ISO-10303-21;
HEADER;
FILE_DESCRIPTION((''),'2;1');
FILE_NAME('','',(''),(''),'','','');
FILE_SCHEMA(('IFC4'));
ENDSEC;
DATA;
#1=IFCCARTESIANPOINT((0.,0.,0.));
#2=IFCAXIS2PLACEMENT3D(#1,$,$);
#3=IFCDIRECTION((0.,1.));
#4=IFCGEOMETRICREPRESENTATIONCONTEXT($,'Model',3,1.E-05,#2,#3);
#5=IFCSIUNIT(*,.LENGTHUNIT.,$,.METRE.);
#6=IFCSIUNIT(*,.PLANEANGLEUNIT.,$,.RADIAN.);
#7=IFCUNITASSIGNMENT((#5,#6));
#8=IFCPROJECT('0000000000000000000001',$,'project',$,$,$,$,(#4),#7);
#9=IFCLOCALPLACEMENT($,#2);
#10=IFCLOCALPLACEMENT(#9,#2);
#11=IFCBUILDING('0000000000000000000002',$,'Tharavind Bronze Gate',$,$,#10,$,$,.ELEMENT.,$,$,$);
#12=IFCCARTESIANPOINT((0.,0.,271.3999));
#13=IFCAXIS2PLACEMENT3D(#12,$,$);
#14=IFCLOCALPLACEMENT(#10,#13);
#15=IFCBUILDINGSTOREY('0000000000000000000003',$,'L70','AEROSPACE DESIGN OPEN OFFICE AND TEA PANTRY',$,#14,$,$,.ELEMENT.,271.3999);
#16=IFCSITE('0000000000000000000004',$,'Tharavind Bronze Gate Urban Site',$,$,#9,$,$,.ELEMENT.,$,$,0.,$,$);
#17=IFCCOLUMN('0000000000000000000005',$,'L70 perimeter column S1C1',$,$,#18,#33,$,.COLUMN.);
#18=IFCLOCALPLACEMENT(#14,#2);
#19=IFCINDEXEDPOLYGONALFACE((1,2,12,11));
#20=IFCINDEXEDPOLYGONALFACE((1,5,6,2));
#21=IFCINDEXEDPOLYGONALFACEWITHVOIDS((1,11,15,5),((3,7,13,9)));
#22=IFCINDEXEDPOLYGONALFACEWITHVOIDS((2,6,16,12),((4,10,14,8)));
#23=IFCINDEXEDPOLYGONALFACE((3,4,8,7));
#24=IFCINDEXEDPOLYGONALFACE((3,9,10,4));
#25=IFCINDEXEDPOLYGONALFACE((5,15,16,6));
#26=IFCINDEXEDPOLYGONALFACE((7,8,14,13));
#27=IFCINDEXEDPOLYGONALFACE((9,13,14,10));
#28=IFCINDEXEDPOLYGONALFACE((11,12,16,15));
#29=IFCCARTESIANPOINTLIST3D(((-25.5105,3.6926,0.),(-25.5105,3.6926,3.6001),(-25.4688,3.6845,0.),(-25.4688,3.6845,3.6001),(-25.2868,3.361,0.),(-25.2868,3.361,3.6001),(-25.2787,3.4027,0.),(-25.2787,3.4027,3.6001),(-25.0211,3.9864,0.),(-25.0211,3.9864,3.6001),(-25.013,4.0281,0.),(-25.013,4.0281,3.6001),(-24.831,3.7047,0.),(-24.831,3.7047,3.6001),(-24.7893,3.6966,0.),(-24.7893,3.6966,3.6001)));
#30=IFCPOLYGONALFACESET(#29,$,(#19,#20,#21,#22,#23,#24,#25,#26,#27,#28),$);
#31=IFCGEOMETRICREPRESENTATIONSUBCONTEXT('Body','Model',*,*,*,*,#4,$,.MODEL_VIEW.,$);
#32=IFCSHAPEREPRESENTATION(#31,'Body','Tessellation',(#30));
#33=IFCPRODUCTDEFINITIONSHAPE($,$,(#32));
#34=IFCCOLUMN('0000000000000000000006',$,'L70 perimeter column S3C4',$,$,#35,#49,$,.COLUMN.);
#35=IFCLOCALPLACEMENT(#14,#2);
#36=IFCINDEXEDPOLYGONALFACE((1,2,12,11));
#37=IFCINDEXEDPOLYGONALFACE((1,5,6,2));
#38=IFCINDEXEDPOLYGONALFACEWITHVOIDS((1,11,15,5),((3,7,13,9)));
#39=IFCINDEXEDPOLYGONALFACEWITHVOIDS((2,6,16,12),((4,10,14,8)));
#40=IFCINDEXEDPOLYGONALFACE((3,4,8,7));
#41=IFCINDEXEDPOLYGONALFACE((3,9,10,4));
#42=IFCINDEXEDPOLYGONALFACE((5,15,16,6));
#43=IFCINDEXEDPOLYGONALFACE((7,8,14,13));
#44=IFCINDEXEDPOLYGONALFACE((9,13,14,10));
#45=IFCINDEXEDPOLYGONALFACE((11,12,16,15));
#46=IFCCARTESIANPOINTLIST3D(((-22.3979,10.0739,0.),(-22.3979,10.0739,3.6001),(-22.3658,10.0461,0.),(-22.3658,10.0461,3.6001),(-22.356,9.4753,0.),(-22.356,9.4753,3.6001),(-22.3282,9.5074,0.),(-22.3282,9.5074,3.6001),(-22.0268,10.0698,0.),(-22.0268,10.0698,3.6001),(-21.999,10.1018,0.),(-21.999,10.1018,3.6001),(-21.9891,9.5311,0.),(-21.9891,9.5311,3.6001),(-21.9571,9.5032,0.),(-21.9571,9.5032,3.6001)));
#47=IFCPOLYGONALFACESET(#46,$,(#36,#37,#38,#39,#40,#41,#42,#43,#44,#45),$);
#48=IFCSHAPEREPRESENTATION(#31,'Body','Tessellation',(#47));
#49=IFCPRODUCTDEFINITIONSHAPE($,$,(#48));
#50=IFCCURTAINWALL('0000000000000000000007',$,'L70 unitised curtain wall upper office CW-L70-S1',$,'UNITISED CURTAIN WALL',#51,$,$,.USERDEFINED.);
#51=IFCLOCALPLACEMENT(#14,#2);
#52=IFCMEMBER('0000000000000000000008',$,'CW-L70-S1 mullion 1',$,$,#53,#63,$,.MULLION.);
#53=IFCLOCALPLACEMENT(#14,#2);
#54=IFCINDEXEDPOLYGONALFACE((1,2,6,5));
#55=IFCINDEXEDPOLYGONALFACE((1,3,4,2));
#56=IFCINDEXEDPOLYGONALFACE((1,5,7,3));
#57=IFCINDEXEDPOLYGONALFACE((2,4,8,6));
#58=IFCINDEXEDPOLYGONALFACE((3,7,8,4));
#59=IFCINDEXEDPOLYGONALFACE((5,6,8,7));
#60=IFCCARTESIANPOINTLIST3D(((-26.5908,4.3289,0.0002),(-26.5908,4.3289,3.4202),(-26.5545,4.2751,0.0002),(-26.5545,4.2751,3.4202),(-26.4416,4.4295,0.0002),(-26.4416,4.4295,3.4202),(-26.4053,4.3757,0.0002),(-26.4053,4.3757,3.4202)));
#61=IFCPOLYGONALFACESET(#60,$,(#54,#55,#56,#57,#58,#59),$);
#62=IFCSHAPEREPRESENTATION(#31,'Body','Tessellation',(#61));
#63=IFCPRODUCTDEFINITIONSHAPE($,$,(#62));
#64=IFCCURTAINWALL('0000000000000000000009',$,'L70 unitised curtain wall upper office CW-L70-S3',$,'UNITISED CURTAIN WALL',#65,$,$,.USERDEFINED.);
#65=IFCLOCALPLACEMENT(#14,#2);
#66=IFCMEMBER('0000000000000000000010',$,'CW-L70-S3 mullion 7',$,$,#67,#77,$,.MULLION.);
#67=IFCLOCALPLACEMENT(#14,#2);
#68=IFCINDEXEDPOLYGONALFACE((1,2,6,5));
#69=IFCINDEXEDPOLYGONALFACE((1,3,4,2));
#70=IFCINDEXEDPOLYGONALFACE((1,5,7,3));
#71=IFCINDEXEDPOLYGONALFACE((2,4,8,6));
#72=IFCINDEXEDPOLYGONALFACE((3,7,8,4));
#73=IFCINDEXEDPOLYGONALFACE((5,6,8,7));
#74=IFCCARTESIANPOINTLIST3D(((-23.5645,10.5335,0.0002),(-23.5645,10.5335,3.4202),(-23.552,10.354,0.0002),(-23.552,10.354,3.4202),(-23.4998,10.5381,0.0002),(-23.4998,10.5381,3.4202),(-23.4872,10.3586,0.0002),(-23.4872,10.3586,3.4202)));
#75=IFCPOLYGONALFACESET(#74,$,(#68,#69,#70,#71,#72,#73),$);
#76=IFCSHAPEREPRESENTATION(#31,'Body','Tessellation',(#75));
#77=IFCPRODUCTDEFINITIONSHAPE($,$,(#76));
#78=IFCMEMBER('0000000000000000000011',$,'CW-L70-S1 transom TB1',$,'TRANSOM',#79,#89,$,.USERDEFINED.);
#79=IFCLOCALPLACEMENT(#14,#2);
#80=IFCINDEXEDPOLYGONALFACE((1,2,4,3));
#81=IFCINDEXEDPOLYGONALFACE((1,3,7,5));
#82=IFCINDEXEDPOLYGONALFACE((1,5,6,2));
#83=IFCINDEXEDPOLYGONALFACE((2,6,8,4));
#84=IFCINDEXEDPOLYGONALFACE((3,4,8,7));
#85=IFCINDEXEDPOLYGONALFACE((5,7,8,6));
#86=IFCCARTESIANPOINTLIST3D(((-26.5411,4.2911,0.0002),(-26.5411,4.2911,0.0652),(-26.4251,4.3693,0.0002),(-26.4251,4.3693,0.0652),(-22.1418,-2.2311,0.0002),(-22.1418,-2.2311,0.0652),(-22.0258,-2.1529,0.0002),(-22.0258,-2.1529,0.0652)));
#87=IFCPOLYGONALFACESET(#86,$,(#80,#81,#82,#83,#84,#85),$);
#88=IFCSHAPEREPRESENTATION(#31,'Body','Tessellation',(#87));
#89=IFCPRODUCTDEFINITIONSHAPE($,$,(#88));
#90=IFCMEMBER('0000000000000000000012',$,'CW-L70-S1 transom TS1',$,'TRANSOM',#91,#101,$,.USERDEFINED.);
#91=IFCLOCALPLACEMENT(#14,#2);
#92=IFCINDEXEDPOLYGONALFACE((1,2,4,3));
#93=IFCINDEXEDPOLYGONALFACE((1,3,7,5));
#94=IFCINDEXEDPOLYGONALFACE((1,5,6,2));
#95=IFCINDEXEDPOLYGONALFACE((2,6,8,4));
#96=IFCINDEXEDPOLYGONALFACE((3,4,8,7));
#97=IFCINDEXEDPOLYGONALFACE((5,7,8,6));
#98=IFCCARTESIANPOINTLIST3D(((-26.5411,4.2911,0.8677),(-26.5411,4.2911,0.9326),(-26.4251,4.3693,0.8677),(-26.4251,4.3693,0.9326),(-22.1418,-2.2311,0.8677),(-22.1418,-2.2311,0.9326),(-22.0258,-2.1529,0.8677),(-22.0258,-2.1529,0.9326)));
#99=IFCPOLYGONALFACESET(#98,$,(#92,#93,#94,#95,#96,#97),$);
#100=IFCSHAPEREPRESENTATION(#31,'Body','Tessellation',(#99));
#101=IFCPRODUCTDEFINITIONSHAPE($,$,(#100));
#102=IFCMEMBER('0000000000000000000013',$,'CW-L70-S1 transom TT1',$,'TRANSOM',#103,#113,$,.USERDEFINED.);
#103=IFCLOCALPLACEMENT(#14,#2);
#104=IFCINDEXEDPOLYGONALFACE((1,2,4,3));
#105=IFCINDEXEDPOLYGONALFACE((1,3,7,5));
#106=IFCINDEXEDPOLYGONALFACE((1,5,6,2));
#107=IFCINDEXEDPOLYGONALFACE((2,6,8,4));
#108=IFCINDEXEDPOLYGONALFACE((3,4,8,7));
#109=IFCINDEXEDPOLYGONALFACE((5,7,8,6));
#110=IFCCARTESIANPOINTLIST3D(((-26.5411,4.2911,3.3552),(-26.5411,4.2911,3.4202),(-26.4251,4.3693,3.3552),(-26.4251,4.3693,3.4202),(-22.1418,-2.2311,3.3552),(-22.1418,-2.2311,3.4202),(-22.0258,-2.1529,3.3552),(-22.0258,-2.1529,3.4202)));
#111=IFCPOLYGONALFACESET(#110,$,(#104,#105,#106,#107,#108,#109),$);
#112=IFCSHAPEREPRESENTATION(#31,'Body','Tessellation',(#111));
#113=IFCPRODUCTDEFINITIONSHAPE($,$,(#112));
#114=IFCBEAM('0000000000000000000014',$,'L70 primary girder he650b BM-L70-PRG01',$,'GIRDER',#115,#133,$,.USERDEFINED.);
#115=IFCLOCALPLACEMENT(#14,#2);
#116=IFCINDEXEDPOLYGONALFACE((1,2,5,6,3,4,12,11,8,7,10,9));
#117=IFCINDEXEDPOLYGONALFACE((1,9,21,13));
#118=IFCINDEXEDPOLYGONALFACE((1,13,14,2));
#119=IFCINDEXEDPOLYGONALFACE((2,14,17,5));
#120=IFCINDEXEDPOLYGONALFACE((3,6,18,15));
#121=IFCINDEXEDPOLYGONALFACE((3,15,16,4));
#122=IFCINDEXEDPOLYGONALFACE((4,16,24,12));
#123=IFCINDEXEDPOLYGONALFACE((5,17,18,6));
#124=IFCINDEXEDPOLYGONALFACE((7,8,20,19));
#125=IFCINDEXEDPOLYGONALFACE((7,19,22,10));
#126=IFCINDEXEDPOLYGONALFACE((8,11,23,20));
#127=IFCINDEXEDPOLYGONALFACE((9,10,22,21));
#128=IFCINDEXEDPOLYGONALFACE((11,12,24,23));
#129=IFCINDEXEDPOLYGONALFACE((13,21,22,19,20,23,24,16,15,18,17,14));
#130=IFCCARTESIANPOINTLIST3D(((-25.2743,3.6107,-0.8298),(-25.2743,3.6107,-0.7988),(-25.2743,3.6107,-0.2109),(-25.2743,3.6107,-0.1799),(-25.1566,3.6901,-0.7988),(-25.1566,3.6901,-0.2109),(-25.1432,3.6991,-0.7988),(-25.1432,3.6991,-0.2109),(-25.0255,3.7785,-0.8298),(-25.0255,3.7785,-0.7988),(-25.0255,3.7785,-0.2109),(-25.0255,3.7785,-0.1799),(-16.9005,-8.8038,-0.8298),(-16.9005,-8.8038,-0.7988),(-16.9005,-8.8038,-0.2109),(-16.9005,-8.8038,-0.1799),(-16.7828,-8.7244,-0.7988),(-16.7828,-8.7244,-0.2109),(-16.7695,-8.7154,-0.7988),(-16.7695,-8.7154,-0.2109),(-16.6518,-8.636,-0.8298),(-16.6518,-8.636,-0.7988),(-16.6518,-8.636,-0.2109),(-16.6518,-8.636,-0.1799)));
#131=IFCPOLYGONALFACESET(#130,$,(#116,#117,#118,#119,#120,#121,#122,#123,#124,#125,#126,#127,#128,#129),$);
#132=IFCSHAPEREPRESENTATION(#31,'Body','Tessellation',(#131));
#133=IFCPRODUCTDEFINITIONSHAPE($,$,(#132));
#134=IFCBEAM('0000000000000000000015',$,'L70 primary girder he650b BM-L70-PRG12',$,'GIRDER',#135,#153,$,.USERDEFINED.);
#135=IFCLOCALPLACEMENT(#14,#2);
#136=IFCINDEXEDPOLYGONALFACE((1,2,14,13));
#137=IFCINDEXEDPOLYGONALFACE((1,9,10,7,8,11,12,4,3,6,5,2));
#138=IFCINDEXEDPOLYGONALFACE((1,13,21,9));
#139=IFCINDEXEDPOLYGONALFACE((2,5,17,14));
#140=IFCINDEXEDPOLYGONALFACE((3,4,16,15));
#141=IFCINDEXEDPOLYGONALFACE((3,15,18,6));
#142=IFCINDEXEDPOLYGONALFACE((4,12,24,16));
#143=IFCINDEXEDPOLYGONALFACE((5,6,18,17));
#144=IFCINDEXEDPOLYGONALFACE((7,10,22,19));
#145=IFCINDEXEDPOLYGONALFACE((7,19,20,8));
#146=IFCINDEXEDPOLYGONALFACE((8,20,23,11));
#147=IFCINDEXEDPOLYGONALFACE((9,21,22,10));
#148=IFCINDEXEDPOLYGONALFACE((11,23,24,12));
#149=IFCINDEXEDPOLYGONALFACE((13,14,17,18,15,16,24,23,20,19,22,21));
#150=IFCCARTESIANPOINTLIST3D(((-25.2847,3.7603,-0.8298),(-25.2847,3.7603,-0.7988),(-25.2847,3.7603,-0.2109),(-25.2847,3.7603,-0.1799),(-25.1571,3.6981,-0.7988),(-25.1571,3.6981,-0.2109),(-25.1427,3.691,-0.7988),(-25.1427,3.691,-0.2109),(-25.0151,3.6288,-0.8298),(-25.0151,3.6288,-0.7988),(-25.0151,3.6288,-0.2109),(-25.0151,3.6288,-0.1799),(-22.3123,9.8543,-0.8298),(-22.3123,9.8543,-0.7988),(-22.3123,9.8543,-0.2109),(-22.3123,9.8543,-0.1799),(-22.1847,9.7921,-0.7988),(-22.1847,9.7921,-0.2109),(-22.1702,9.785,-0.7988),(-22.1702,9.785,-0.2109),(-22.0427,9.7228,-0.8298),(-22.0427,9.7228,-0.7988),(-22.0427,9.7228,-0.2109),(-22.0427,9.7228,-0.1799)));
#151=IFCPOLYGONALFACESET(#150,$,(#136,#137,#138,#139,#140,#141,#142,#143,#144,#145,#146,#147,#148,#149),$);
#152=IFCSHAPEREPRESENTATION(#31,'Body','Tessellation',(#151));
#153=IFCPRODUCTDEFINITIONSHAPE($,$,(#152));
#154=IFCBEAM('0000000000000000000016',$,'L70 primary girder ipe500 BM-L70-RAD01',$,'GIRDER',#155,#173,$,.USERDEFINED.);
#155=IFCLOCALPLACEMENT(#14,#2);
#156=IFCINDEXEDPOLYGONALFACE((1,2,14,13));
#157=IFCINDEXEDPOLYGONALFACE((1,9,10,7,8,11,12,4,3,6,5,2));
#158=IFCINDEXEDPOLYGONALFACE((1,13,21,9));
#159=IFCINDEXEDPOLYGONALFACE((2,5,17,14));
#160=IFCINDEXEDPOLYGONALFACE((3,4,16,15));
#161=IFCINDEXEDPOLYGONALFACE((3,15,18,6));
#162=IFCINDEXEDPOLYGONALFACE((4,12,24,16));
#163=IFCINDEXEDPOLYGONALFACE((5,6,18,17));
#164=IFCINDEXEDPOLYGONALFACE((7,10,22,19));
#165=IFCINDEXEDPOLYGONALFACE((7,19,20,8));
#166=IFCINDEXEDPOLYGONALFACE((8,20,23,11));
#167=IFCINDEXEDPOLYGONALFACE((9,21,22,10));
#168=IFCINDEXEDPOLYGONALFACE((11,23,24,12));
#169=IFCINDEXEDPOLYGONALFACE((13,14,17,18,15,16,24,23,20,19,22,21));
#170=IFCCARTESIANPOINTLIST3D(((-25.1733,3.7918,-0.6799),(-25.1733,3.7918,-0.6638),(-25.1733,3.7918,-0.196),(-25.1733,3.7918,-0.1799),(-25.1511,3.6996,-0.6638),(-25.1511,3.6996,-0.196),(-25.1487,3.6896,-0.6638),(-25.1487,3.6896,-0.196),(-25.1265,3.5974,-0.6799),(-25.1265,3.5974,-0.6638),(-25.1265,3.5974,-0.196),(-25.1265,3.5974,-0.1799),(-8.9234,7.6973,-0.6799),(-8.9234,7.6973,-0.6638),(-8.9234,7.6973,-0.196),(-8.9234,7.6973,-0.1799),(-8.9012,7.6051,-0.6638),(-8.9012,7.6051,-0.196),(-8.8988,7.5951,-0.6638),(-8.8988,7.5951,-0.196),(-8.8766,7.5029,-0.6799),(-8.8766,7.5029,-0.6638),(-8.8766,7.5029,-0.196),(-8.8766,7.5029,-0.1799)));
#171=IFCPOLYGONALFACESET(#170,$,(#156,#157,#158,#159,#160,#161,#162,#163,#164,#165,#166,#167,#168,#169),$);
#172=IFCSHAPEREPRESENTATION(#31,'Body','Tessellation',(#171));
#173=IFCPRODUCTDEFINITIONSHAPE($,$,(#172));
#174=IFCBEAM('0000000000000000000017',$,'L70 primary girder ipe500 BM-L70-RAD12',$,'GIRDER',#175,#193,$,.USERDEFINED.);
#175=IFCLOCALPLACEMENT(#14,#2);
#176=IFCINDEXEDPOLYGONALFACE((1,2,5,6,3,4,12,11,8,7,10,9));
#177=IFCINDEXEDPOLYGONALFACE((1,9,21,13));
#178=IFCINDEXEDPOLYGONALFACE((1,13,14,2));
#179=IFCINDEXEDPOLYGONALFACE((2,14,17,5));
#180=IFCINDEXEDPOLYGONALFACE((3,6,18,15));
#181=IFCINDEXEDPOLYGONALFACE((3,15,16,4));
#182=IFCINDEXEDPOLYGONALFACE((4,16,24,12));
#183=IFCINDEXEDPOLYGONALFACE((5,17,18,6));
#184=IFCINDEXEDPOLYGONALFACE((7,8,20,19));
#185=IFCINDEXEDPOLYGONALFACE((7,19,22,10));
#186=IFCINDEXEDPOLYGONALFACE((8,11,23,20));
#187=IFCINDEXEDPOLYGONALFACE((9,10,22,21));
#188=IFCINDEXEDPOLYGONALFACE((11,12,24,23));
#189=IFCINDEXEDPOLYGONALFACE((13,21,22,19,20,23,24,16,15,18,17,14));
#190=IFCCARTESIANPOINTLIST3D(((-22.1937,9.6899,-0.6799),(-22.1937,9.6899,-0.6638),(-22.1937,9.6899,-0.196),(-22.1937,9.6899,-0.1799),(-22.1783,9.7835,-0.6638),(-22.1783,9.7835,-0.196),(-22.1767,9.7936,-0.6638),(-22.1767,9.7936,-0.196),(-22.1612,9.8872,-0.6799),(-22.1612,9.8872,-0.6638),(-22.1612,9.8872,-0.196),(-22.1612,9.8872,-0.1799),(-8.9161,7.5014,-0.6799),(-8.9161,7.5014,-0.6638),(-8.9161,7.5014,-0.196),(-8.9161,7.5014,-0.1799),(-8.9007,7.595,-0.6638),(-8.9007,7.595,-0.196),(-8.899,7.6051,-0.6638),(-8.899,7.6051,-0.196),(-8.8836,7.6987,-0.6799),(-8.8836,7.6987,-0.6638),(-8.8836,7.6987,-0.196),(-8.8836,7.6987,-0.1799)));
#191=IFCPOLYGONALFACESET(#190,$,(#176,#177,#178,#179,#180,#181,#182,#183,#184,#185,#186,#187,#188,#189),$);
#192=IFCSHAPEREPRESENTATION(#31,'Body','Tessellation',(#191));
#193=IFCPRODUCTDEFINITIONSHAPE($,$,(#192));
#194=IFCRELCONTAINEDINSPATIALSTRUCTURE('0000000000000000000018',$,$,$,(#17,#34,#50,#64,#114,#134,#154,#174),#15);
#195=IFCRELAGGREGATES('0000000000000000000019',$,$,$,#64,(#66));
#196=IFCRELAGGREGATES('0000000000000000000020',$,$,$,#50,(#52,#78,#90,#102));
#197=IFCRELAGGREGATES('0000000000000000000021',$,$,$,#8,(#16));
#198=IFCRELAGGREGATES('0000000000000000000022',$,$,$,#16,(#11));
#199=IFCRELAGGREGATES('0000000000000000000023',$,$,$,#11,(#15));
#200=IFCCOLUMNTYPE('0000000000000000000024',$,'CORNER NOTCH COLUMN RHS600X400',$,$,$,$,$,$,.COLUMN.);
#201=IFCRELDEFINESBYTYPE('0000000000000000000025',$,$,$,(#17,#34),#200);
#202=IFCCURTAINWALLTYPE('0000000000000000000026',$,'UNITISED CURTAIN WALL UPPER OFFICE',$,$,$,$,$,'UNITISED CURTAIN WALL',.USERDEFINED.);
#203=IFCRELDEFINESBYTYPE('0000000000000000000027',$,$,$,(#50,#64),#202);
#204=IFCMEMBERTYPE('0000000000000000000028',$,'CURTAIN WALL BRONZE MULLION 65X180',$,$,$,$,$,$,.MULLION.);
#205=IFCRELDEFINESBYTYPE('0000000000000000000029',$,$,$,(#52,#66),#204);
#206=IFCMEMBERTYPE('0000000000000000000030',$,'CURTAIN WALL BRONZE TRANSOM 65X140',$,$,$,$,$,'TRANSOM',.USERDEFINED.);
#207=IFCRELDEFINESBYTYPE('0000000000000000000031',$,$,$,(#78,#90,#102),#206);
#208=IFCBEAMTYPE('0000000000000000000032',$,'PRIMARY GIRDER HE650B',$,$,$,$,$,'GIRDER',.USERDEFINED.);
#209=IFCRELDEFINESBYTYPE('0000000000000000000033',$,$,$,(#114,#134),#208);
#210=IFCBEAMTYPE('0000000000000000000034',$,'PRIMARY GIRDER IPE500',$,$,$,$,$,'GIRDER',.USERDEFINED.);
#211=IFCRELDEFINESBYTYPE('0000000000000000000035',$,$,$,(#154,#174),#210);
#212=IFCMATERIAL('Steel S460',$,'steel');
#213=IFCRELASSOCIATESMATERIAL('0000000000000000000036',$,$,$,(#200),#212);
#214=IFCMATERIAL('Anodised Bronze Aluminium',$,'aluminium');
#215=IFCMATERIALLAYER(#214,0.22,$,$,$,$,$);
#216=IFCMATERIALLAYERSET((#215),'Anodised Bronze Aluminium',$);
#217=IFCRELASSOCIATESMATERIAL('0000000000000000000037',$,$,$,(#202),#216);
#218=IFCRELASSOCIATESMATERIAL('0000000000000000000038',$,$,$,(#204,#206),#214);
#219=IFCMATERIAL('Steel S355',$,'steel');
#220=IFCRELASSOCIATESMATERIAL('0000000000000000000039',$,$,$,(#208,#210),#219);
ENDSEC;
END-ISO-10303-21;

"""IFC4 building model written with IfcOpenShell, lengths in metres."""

from ifc_helpers import new_model, si_unit, direction, frame, origin, origin_2d, place, context, subcontext, project, spatial, rectangle, hollow_rectangle, i_section, extrude, material, layer, layer_set, material_profile, profile_set, type_object, element, aggregate, save


model = new_model("IFC4")

# Units and contexts
model_context = context("Model", 3, precision=1e-05, world=origin(), true_north=direction((0.0, 1.0)))
body_context = subcontext(model_context, "Body", "Model", "MODEL_VIEW")
ifc_project = project(units=[si_unit("LENGTHUNIT", "METRE"), si_unit("PLANEANGLEUNIT", "RADIAN")], contexts=[model_context])

# Site, building, storey
site_placement = place(None, origin())
site = spatial("IfcSite", under=ifc_project, at=site_placement, Name="Tharavind Bronze Gate Urban Site", CompositionType="ELEMENT", RefElevation=0.0)
building_placement = place(site_placement, origin())
building = spatial("IfcBuilding", under=site, at=building_placement, Name="Tharavind Bronze Gate", CompositionType="ELEMENT")
storey_placement = place(building_placement, frame((0.0, 0.0, 271.3999)))
storey = spatial("IfcBuildingStorey", under=building, at=storey_placement, Name="L70", Description="AEROSPACE DESIGN OPEN OFFICE AND TEA PANTRY", CompositionType="ELEMENT", Elevation=271.3999)

# Columns
ifc_material_1 = material(Name="Steel S460", Category="steel")
ifc_material_profile_1 = material_profile(ifc_material_1, hollow_rectangle(XDim=0.3999, YDim=0.6001, WallThickness=0.03, at=origin_2d()), Name="RHS600X400X30")
ifc_profile_set_1 = profile_set([ifc_material_profile_1], Name="Steel S460")
column_type = type_object("IfcColumnType", Name="CORNER NOTCH COLUMN RHS600X400", PredefinedType="COLUMN", material=ifc_profile_set_1)
for number, where, z_axis, x_axis, name in (
    (1, (-25.1499, 3.6946, 0.0), (0.0, 0.0, 1.0), (-0.559193, 0.829038, 0.0), "L70 perimeter column S1C1"),
    (2, (-22.1775, 9.7886, 0.0), (0.0, 0.0, 1.0), (0.997564, 0.069758, 0.0), "L70 perimeter column S3C4"),
):
    element("IfcColumn", number, at=place(storey_placement, frame(where, z_axis=z_axis, x_axis=x_axis)), inside=storey, type_object=column_type, Name=name, PredefinedType="COLUMN", context=body_context, shape_type="SweptSolid", body=[
        extrude(hollow_rectangle(XDim=0.3999, YDim=0.6001, WallThickness=0.03, at=origin_2d()), origin(), (0.0, 0.0, 1.0), 3.6001),
    ])

# Curtain walls, members
ifc_material_2 = material(Name="Anodised Bronze Aluminium", Category="aluminium")
ifc_layer_1 = layer(ifc_material_2, 0.22)
ifc_layer_set_1 = layer_set([ifc_layer_1], Name="Anodised Bronze Aluminium")
curtain_wall_type = type_object("IfcCurtainWallType", Name="UNITISED CURTAIN WALL UPPER OFFICE", ElementType="UNITISED CURTAIN WALL", PredefinedType="USERDEFINED", material=ifc_layer_set_1)
curtain_wall_1_placement = place(storey_placement, origin())
curtain_wall_1 = element("IfcCurtainWall", 3, at=curtain_wall_1_placement, inside=storey, type_object=curtain_wall_type, Name="L70 unitised curtain wall upper office CW-L70-S1", ObjectType="UNITISED CURTAIN WALL", PredefinedType="USERDEFINED")
member_type_1 = type_object("IfcMemberType", Name="CURTAIN WALL BRONZE MULLION 65X180", PredefinedType="MULLION", material=ifc_material_2)
member_1_placement = place(storey_placement, frame((-26.498, 4.3523, 0.0002), z_axis=(0.0, 0.0, 1.0), x_axis=(0.559191, -0.829039, 0.0)))
member_1 = element("IfcMember", 4, at=member_1_placement, type_object=member_type_1, Name="CW-L70-S1 mullion 1", PredefinedType="MULLION", context=body_context, shape_type="SweptSolid", body=[
    extrude(rectangle(XDim=0.0649, YDim=0.1799, at=origin_2d()), origin(), (0.0, 0.0, 1.0), 3.4199),
])
curtain_wall_2_placement = place(storey_placement, origin())
curtain_wall_2 = element("IfcCurtainWall", 5, at=curtain_wall_2_placement, inside=storey, type_object=curtain_wall_type, Name="L70 unitised curtain wall upper office CW-L70-S3", ObjectType="UNITISED CURTAIN WALL", PredefinedType="USERDEFINED")
member_2_placement = place(storey_placement, frame((-23.5259, 10.446, 0.0002), z_axis=(0.0, 0.0, 1.0), x_axis=(-0.997564, -0.06976, 0.0)))
member_2 = element("IfcMember", 6, at=member_2_placement, type_object=member_type_1, Name="CW-L70-S3 mullion 7", PredefinedType="MULLION", context=body_context, shape_type="SweptSolid", body=[
    extrude(rectangle(XDim=0.0649, YDim=0.1799, at=origin_2d()), origin(), (0.0, 0.0, 1.0), 3.4199),
])
aggregate(curtain_wall_2, [member_2])

# Members
member_type_2 = type_object("IfcMemberType", Name="CURTAIN WALL BRONZE TRANSOM 65X140", ElementType="TRANSOM", PredefinedType="USERDEFINED", material=ifc_material_2)
member_3_placement = place(storey_placement, frame((-24.2834, 1.0691, 0.0002), z_axis=(0.0, 0.0, 1.0), x_axis=(0.559191, -0.829039, 0.0)))
member_3 = element("IfcMember", 7, at=member_3_placement, type_object=member_type_2, Name="CW-L70-S1 transom TB1", ObjectType="TRANSOM", PredefinedType="USERDEFINED", context=body_context, shape_type="SweptSolid", body=[
    extrude(rectangle(XDim=7.8672, YDim=0.1399, at=origin_2d()), origin(), (0.0, 0.0, 1.0), 0.0649),
])
member_4_placement = place(storey_placement, frame((-24.2834, 1.0691, 0.8677), z_axis=(0.0, 0.0, 1.0), x_axis=(0.559191, -0.829039, 0.0)))
member_4 = element("IfcMember", 8, at=member_4_placement, type_object=member_type_2, Name="CW-L70-S1 transom TS1", ObjectType="TRANSOM", PredefinedType="USERDEFINED", context=body_context, shape_type="SweptSolid", body=[
    extrude(rectangle(XDim=7.8672, YDim=0.1399, at=origin_2d()), origin(), (0.0, 0.0, 1.0), 0.0649),
])
member_5_placement = place(storey_placement, frame((-24.2834, 1.0691, 3.3552), z_axis=(0.0, 0.0, 1.0), x_axis=(0.559191, -0.829039, 0.0)))
member_5 = element("IfcMember", 9, at=member_5_placement, type_object=member_type_2, Name="CW-L70-S1 transom TT1", ObjectType="TRANSOM", PredefinedType="USERDEFINED", context=body_context, shape_type="SweptSolid", body=[
    extrude(rectangle(XDim=7.8672, YDim=0.1399, at=origin_2d()), origin(), (0.0, 0.0, 1.0), 0.0649),
])

# Beams
ifc_material_3 = material(Name="Steel S355", Category="steel")
ifc_material_profile_2 = material_profile(ifc_material_3, i_section(OverallWidth=0.3, OverallDepth=0.6499, WebThickness=0.0161, FlangeThickness=0.031, at=origin_2d()), Name="HE650B")
ifc_profile_set_2 = profile_set([ifc_material_profile_2], Name="Steel S355")
beam_type_1 = type_object("IfcBeamType", Name="PRIMARY GIRDER HE650B", ElementType="GIRDER", PredefinedType="USERDEFINED", material=ifc_profile_set_2)
beam_1_placement = place(storey_placement, frame((-25.1499, 3.6946, -0.5049), z_axis=(0.559196, -0.829036, 0.0), x_axis=(0.829036, 0.559196, 0.0)))
element("IfcBeam", 10, at=beam_1_placement, inside=storey, type_object=beam_type_1, Name="L70 primary girder he650b BM-L70-PRG01", ObjectType="GIRDER", PredefinedType="USERDEFINED", context=body_context, shape_type="SweptSolid", body=[
    extrude(i_section(OverallWidth=0.3, OverallDepth=0.6499, WebThickness=0.0161, FlangeThickness=0.031, at=origin_2d()), origin(), (0.0, 0.0, 1.0), 14.9746),
])
beam_2_placement = place(storey_placement, frame((-22.1775, 9.7886, -0.5049), z_axis=(-0.438392, -0.898784, 0.0), x_axis=(0.898784, -0.438392, 0.0)))
element("IfcBeam", 11, at=beam_2_placement, inside=storey, type_object=beam_type_1, Name="L70 primary girder he650b BM-L70-PRG12", ObjectType="GIRDER", PredefinedType="USERDEFINED", context=body_context, shape_type="SweptSolid", body=[
    extrude(i_section(OverallWidth=0.3, OverallDepth=0.6499, WebThickness=0.0161, FlangeThickness=0.031, at=origin_2d()), origin(), (0.0, 0.0, 1.0), 6.7803),
])
ifc_material_profile_3 = material_profile(ifc_material_3, i_section(OverallWidth=0.2, OverallDepth=0.5, WebThickness=0.0103, FlangeThickness=0.0161, at=origin_2d()), Name="IPE500")
ifc_profile_set_3 = profile_set([ifc_material_profile_3], Name="Steel S355")
beam_type_2 = type_object("IfcBeamType", Name="PRIMARY GIRDER IPE500", ElementType="GIRDER", PredefinedType="USERDEFINED", material=ifc_profile_set_3)
beam_3_placement = place(storey_placement, frame((-25.1499, 3.6946, -0.4299), z_axis=(0.972312, 0.233685, 0.0), x_axis=(-0.233685, 0.972312, 0.0)))
element("IfcBeam", 12, at=beam_3_placement, inside=storey, type_object=beam_type_2, Name="L70 primary girder ipe500 BM-L70-RAD01", ObjectType="GIRDER", PredefinedType="USERDEFINED", context=body_context, shape_type="SweptSolid", body=[
    extrude(i_section(OverallWidth=0.2, OverallDepth=0.5, WebThickness=0.0103, FlangeThickness=0.0161, at=origin_2d()), origin(), (0.0, 0.0, 1.0), 16.7126),
])
beam_4_placement = place(storey_placement, frame((-22.1775, 9.7886, -0.4299), z_axis=(0.986687, -0.162631, 0.0), x_axis=(0.162631, 0.986687, 0.0)))
element("IfcBeam", 13, at=beam_4_placement, inside=storey, type_object=beam_type_2, Name="L70 primary girder ipe500 BM-L70-RAD12", ObjectType="GIRDER", PredefinedType="USERDEFINED", context=body_context, shape_type="SweptSolid", body=[
    extrude(i_section(OverallWidth=0.2, OverallDepth=0.5, WebThickness=0.0103, FlangeThickness=0.0161, at=origin_2d()), origin(), (0.0, 0.0, 1.0), 13.4568),
])

aggregate(curtain_wall_1, [member_1, member_3, member_4, member_5])

save(model, "model.ifc")
